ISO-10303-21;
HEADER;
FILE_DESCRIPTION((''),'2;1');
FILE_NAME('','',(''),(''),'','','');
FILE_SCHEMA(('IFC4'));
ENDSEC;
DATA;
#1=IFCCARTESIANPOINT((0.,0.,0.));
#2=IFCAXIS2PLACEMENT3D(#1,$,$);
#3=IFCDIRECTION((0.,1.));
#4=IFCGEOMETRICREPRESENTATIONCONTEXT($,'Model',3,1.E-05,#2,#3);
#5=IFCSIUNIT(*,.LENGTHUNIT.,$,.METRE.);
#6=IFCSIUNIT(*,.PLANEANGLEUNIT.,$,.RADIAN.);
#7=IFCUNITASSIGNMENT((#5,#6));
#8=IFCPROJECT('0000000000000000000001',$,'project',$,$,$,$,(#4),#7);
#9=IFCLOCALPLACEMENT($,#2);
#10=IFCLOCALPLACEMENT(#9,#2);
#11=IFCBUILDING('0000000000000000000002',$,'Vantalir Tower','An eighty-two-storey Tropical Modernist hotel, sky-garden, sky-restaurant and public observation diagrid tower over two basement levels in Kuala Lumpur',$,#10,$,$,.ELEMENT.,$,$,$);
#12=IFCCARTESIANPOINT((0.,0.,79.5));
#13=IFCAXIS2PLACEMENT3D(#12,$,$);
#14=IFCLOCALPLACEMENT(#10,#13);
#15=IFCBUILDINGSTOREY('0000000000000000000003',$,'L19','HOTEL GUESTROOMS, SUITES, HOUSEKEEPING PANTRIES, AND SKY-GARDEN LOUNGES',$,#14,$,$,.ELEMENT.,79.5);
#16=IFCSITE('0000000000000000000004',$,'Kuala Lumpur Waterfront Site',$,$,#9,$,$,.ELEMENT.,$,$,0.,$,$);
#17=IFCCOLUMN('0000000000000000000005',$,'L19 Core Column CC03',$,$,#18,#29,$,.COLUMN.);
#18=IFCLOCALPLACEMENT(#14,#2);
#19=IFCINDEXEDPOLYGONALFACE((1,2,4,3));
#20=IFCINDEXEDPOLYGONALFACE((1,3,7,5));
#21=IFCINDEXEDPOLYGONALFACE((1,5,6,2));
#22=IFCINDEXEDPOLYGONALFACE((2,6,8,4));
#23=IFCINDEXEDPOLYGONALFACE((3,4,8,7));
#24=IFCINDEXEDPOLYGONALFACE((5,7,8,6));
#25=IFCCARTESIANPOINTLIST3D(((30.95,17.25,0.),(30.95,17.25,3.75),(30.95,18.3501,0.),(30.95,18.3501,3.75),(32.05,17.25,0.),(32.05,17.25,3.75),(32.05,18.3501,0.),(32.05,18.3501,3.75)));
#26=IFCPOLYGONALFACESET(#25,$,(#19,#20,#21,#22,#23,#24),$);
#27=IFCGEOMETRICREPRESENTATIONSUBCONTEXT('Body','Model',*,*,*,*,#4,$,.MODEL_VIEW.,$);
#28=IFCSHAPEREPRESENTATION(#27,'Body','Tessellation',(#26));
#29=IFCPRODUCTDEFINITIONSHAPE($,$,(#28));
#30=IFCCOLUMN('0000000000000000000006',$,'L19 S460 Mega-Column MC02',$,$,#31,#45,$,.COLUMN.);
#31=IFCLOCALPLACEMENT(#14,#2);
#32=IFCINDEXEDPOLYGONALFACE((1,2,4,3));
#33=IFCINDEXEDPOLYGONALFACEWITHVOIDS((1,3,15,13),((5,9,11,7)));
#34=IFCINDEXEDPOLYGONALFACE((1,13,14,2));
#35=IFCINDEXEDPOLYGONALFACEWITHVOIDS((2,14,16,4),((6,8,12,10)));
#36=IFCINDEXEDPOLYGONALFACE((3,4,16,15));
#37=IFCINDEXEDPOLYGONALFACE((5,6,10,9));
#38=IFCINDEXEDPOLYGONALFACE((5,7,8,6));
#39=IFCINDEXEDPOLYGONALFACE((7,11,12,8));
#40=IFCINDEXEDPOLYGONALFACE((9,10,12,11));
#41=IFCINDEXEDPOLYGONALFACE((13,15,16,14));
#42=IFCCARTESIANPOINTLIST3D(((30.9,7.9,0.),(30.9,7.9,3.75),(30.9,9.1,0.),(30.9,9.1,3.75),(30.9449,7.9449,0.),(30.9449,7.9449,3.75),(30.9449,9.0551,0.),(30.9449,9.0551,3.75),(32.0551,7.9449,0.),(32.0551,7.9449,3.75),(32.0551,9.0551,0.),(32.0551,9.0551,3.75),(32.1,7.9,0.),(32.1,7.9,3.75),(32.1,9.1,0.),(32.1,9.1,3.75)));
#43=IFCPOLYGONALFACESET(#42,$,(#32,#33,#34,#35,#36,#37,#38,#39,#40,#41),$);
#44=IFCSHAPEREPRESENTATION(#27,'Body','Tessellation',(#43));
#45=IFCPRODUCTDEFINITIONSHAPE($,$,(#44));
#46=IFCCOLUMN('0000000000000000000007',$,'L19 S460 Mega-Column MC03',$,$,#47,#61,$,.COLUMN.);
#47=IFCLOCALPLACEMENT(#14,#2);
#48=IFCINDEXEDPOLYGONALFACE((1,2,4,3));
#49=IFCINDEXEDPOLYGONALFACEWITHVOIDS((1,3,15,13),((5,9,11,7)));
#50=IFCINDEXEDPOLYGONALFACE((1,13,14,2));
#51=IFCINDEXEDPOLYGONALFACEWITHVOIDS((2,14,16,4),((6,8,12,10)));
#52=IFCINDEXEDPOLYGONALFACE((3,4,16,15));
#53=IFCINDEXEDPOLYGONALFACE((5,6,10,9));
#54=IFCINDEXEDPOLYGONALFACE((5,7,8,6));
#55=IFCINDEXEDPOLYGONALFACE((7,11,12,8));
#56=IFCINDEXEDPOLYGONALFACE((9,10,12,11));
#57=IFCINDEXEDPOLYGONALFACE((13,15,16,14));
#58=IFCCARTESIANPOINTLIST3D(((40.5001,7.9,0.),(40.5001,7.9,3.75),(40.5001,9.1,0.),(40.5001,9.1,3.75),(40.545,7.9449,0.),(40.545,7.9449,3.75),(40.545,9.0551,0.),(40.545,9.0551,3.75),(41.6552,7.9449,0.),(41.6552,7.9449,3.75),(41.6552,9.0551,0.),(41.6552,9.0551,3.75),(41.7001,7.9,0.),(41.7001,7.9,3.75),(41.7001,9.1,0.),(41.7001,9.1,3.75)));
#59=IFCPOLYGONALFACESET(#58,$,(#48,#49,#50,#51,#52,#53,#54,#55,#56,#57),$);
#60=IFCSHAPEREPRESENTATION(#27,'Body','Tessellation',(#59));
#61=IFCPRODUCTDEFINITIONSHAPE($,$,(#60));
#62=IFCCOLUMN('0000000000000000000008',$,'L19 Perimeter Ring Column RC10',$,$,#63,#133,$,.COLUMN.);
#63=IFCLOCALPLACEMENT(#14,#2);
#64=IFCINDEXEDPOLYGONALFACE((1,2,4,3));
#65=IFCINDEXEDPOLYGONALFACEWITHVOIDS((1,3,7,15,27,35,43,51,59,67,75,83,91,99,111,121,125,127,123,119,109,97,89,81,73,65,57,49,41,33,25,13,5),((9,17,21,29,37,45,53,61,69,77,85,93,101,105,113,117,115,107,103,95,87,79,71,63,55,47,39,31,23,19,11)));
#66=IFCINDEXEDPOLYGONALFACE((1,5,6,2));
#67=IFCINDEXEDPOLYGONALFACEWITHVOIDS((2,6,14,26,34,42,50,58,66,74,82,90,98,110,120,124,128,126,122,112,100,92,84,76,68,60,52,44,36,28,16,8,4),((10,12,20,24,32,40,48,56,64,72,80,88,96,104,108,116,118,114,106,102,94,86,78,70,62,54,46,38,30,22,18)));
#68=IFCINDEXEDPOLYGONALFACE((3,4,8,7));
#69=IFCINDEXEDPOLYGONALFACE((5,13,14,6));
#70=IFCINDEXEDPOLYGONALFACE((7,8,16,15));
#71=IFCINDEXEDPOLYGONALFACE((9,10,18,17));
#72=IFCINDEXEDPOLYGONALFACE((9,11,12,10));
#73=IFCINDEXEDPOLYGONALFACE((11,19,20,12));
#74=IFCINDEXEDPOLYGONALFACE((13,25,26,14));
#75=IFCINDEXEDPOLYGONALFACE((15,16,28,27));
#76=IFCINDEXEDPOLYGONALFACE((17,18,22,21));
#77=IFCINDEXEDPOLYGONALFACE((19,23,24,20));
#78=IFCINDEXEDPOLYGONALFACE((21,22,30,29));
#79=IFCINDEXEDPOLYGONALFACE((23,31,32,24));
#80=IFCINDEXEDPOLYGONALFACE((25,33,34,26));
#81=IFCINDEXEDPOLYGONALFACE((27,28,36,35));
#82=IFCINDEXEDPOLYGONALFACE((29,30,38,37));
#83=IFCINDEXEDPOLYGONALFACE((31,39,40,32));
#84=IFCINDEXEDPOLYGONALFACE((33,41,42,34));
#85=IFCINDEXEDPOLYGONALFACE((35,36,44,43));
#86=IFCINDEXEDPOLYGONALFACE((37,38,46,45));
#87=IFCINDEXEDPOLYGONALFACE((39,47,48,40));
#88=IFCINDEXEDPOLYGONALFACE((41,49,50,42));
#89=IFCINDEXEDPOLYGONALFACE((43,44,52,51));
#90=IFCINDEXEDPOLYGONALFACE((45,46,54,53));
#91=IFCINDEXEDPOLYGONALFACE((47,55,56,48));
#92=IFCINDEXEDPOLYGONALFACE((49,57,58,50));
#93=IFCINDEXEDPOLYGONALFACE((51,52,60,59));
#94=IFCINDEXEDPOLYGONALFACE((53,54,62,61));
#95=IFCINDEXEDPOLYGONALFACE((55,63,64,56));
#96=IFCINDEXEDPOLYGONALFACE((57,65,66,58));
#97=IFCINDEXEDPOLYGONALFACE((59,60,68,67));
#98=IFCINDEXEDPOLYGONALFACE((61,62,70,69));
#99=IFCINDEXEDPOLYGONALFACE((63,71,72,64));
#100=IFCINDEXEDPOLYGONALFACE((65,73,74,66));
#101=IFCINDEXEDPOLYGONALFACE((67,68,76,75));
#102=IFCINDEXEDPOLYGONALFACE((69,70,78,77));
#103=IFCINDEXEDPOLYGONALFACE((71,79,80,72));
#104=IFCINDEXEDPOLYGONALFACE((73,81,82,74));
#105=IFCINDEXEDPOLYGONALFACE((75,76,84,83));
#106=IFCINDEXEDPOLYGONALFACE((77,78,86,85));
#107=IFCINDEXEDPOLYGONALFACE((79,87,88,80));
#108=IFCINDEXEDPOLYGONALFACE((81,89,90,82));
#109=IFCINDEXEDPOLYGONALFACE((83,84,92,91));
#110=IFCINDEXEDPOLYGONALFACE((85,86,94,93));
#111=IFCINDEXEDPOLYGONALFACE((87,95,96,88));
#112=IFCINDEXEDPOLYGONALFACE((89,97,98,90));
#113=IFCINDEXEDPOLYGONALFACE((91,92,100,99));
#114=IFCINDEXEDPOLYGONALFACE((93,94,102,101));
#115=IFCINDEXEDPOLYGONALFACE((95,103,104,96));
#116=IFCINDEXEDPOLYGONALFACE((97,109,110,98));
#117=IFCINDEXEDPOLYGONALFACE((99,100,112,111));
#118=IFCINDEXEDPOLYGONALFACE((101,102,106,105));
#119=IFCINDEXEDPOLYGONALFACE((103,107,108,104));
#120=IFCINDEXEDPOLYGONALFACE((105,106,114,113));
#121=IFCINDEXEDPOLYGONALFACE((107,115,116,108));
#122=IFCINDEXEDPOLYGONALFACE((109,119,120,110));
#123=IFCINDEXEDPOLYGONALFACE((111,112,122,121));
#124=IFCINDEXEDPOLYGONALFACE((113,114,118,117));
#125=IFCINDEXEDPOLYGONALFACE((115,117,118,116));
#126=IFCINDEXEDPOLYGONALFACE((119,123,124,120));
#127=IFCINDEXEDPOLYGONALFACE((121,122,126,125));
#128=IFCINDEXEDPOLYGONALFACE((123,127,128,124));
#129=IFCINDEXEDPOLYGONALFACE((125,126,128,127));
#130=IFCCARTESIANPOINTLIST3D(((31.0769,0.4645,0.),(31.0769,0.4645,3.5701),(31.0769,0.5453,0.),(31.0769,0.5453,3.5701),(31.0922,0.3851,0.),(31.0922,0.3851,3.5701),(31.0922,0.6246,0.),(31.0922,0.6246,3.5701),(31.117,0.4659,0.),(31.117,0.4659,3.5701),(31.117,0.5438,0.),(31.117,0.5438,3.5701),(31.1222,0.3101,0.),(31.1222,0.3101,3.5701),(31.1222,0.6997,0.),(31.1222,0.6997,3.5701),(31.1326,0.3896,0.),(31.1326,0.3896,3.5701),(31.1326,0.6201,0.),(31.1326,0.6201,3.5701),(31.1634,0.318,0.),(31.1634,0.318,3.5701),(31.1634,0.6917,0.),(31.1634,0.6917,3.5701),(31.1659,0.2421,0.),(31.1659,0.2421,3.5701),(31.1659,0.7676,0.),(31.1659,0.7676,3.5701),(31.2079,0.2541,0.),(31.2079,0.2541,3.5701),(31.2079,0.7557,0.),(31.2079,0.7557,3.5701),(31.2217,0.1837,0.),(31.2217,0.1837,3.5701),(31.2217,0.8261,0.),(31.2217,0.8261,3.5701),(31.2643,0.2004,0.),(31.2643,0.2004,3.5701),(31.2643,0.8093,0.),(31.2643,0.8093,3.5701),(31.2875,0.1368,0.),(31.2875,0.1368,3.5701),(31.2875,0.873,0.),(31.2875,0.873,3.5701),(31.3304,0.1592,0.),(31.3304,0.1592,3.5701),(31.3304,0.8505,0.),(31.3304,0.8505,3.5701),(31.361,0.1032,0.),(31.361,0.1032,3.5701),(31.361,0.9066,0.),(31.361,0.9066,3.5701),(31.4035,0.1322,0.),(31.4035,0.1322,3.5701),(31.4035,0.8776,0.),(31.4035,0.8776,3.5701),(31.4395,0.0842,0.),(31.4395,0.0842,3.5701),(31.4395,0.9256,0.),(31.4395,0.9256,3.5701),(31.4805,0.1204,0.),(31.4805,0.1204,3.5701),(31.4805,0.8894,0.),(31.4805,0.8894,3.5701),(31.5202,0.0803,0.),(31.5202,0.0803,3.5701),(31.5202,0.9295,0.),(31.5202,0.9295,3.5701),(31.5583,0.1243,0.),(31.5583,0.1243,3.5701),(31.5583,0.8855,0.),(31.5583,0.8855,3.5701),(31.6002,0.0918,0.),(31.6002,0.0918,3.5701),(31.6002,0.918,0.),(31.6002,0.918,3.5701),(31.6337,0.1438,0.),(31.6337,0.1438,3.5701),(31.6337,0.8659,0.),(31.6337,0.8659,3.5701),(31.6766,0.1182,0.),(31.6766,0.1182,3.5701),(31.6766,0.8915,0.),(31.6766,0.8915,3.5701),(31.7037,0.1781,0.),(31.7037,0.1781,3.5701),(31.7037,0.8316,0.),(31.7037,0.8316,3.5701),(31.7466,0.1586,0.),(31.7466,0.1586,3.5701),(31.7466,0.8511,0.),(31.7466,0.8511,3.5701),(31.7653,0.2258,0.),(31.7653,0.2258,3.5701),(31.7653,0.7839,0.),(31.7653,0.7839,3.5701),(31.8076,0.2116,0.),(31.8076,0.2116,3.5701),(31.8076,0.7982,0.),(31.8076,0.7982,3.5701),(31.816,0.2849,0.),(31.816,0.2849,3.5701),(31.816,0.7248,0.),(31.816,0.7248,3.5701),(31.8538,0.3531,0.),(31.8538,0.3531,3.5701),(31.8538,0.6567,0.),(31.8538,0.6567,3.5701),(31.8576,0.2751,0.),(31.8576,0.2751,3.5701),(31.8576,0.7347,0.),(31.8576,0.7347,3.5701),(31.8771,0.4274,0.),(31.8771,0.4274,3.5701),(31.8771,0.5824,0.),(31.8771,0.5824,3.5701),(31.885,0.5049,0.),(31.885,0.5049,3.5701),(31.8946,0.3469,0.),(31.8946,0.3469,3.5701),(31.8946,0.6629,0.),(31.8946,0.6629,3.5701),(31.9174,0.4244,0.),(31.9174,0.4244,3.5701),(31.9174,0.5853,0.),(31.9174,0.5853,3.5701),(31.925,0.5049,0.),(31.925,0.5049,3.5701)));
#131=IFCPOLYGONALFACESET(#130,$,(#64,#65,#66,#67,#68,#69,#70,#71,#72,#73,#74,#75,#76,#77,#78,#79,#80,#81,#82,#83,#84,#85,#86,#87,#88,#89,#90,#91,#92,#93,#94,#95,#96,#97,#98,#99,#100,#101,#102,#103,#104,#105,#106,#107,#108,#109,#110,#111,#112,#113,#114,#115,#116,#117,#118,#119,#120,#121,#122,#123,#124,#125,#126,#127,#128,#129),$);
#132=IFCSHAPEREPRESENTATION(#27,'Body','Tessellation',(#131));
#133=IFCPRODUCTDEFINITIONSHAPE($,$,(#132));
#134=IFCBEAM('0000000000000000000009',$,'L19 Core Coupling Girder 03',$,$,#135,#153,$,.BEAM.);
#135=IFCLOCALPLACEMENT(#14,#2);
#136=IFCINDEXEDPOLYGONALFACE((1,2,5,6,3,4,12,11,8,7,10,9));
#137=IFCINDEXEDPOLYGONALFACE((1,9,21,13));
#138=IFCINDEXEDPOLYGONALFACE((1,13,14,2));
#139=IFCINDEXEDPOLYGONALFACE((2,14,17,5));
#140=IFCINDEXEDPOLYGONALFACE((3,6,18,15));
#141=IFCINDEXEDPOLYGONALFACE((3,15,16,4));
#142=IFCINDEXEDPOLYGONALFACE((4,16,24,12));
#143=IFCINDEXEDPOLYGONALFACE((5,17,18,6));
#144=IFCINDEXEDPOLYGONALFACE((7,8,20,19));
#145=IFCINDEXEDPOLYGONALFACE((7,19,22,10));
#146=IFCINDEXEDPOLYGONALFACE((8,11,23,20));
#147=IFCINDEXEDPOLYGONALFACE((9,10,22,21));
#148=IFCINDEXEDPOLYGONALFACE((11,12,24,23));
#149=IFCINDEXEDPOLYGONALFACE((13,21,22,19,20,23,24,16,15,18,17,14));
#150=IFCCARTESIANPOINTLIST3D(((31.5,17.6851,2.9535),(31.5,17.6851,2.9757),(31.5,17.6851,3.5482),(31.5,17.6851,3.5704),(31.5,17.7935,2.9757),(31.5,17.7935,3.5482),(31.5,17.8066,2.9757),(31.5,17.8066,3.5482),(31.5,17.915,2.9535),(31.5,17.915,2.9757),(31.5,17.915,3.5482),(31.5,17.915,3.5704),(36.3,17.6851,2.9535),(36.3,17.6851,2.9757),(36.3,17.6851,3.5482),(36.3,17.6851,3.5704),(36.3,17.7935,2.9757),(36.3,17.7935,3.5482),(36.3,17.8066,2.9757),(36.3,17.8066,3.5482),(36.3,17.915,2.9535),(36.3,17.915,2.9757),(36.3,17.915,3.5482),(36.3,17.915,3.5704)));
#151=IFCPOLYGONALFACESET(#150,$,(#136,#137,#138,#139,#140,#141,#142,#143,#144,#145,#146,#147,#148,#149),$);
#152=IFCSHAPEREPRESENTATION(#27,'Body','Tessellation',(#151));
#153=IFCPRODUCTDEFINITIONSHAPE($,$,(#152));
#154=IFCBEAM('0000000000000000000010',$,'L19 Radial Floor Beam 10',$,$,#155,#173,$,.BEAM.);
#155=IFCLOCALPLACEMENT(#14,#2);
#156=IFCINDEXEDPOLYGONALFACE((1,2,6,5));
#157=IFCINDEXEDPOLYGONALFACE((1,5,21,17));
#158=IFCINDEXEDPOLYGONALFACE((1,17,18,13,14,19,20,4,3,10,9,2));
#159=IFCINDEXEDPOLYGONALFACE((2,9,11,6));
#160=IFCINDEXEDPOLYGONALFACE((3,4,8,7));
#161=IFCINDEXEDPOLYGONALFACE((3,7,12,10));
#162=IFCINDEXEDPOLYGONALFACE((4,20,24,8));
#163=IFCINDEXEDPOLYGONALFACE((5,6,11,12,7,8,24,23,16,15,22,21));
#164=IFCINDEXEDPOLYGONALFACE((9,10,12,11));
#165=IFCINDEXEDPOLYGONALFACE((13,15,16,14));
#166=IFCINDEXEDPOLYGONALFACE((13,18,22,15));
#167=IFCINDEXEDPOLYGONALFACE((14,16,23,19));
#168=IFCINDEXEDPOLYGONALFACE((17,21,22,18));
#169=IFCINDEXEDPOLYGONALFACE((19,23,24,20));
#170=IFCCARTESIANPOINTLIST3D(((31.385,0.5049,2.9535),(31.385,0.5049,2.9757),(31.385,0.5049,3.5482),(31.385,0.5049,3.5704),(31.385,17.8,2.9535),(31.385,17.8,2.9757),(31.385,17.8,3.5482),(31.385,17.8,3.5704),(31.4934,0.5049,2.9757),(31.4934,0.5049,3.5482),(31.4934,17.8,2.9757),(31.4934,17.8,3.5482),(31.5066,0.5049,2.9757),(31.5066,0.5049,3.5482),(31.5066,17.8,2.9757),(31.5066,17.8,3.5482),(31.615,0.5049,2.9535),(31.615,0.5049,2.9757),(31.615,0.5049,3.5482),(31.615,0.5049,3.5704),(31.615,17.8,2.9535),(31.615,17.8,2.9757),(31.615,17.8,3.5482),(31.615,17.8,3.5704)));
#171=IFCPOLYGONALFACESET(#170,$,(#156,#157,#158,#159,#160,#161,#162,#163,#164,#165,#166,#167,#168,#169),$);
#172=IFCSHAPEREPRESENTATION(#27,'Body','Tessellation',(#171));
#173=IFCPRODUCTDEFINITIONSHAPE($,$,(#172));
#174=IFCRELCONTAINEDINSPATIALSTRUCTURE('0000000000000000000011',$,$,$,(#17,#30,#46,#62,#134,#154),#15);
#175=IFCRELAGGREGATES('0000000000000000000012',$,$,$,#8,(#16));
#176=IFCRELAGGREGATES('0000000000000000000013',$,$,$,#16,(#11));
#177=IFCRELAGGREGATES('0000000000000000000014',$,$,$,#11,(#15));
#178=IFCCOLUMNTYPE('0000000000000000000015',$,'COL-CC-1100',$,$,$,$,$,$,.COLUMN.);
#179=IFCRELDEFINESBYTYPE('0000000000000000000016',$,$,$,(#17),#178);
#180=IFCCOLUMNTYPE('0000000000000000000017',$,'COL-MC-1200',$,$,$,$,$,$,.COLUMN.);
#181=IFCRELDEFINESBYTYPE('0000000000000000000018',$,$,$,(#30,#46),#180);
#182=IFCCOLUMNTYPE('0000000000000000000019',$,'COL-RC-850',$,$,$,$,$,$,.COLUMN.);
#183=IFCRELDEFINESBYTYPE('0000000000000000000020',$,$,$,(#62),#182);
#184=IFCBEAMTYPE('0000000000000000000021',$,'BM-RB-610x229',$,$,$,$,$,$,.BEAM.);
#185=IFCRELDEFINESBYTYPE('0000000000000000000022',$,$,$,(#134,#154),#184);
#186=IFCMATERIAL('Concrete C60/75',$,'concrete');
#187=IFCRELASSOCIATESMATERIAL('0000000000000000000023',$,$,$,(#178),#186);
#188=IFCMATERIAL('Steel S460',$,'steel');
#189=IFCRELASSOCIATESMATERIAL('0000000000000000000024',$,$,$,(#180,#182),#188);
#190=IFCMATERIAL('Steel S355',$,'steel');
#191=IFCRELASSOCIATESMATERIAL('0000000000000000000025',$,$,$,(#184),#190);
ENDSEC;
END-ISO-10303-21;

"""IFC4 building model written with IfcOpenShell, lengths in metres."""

from ifc_helpers import new_model, si_unit, direction, frame, origin, origin_2d, place, context, subcontext, project, spatial, rectangle, hollow_rectangle, hollow_circle, i_section, extrude, material, material_profile, profile_set, type_object, element, save


model = new_model("IFC4")

# Units and contexts
model_context = context("Model", 3, precision=1e-05, world=origin(), true_north=direction((0.0, 1.0)))
body_context = subcontext(model_context, "Body", "Model", "MODEL_VIEW")
ifc_project = project(units=[si_unit("LENGTHUNIT", "METRE"), si_unit("PLANEANGLEUNIT", "RADIAN")], contexts=[model_context])

# Site, building, storey
site_placement = place(None, origin())
site = spatial("IfcSite", under=ifc_project, at=site_placement, Name="Kuala Lumpur Waterfront Site", CompositionType="ELEMENT", RefElevation=0.0)
building_placement = place(site_placement, origin())
building = spatial("IfcBuilding", under=site, at=building_placement, Name="Vantalir Tower", Description="An eighty-two-storey Tropical Modernist hotel, sky-garden, sky-restaurant and public observation diagrid tower over two basement levels in Kuala Lumpur", CompositionType="ELEMENT")
storey_placement = place(building_placement, frame((0.0, 0.0, 79.5)))
storey = spatial("IfcBuildingStorey", under=building, at=storey_placement, Name="L19", Description="HOTEL GUESTROOMS, SUITES, HOUSEKEEPING PANTRIES, AND SKY-GARDEN LOUNGES", CompositionType="ELEMENT", Elevation=79.5)

# Columns
ifc_material_1 = material(Name="Concrete C60/75", Category="concrete")
ifc_material_profile_1 = material_profile(ifc_material_1, rectangle(XDim=1.1001, YDim=1.1001, at=origin_2d()), Name="Concrete C60/75")
ifc_profile_set_1 = profile_set([ifc_material_profile_1], Name="Concrete C60/75")
column_type_1 = type_object("IfcColumnType", Name="COL-CC-1100", PredefinedType="COLUMN", material=ifc_profile_set_1)
column_1_placement = place(storey_placement, frame((31.5, 17.8, 0.0), z_axis=(0.0, 0.0, 1.0), x_axis=(1.0, 0.0, 0.0)))
element("IfcColumn", 1, at=column_1_placement, inside=storey, type_object=column_type_1, Name="L19 Core Column CC03", PredefinedType="COLUMN", context=body_context, shape_type="SweptSolid", body=[
    extrude(rectangle(XDim=1.1001, YDim=1.1001, at=origin_2d()), origin(), (0.0, 0.0, 1.0), 3.75),
])
ifc_material_2 = material(Name="Steel S460", Category="steel")
ifc_material_profile_2 = material_profile(ifc_material_2, hollow_rectangle(XDim=1.2, YDim=1.2, WallThickness=0.0449, at=origin_2d()), Name="Steel S460")
ifc_profile_set_2 = profile_set([ifc_material_profile_2], Name="Steel S460")
column_type_2 = type_object("IfcColumnType", Name="COL-MC-1200", PredefinedType="COLUMN", material=ifc_profile_set_2)
for number, where, z_axis, x_axis, name in (
    (2, (31.5, 8.5, 0.0), (0.0, 0.0, 1.0), (1.0, 0.0, 0.0), "L19 S460 Mega-Column MC02"),
    (3, (41.1001, 8.5, 0.0), (0.0, 0.0, 1.0), (1.0, 0.0, 0.0), "L19 S460 Mega-Column MC03"),
):
    element("IfcColumn", number, at=place(storey_placement, frame(where, z_axis=z_axis, x_axis=x_axis)), inside=storey, type_object=column_type_2, Name=name, PredefinedType="COLUMN", context=body_context, shape_type="SweptSolid", body=[
        extrude(hollow_rectangle(XDim=1.2, YDim=1.2, WallThickness=0.0449, at=origin_2d()), origin(), (0.0, 0.0, 1.0), 3.75),
    ])
ifc_material_profile_3 = material_profile(ifc_material_2, hollow_circle(Radius=0.425, WallThickness=0.04, at=origin_2d()), Name="Steel S460")
ifc_profile_set_3 = profile_set([ifc_material_profile_3], Name="Steel S460")
column_type_3 = type_object("IfcColumnType", Name="COL-RC-850", PredefinedType="COLUMN", material=ifc_profile_set_3)
column_2_placement = place(storey_placement, frame((31.5, 0.5049, 0.0), z_axis=(0.0, 0.0, 1.0), x_axis=(1.0, 0.0, 0.0)))
element("IfcColumn", 4, at=column_2_placement, inside=storey, type_object=column_type_3, Name="L19 Perimeter Ring Column RC10", PredefinedType="COLUMN", context=body_context, shape_type="SweptSolid", body=[
    extrude(hollow_circle(Radius=0.425, WallThickness=0.04, at=origin_2d()), origin(), (0.0, 0.0, 1.0), 3.5701),
])

# Beams
ifc_material_3 = material(Name="Steel S355", Category="steel")
ifc_material_profile_4 = material_profile(ifc_material_3, i_section(OverallWidth=0.23, OverallDepth=0.6169, WebThickness=0.0132, FlangeThickness=0.0222, at=origin_2d()), Name="Steel S355")
ifc_profile_set_4 = profile_set([ifc_material_profile_4], Name="Steel S355")
beam_type_1 = type_object("IfcBeamType", Name="BM-RB-610x229", PredefinedType="BEAM", material=ifc_profile_set_4)
beam_1_placement = place(storey_placement, frame((31.5, 17.8, 3.262), z_axis=(1.0, 0.0, 0.0), x_axis=(0.0, 1.0, 0.0)))
element("IfcBeam", 5, at=beam_1_placement, inside=storey, type_object=beam_type_1, Name="L19 Core Coupling Girder 03", PredefinedType="BEAM", context=body_context, shape_type="SweptSolid", body=[
    extrude(i_section(OverallWidth=0.23, OverallDepth=0.6169, WebThickness=0.0132, FlangeThickness=0.0222, at=origin_2d()), origin(), (0.0, 0.0, 1.0), 4.8),
])
beam_2_placement = place(storey_placement, frame((31.5, 0.5049, 3.262), z_axis=(0.0, 1.0, 0.0), x_axis=(-1.0, 0.0, 0.0)))
element("IfcBeam", 6, at=beam_2_placement, inside=storey, type_object=beam_type_1, Name="L19 Radial Floor Beam 10", PredefinedType="BEAM", context=body_context, shape_type="SweptSolid", body=[
    extrude(i_section(OverallWidth=0.23, OverallDepth=0.6169, WebThickness=0.0132, FlangeThickness=0.0222, at=origin_2d()), origin(), (0.0, 0.0, 1.0), 17.2952),
])

save(model, "model.ifc")
